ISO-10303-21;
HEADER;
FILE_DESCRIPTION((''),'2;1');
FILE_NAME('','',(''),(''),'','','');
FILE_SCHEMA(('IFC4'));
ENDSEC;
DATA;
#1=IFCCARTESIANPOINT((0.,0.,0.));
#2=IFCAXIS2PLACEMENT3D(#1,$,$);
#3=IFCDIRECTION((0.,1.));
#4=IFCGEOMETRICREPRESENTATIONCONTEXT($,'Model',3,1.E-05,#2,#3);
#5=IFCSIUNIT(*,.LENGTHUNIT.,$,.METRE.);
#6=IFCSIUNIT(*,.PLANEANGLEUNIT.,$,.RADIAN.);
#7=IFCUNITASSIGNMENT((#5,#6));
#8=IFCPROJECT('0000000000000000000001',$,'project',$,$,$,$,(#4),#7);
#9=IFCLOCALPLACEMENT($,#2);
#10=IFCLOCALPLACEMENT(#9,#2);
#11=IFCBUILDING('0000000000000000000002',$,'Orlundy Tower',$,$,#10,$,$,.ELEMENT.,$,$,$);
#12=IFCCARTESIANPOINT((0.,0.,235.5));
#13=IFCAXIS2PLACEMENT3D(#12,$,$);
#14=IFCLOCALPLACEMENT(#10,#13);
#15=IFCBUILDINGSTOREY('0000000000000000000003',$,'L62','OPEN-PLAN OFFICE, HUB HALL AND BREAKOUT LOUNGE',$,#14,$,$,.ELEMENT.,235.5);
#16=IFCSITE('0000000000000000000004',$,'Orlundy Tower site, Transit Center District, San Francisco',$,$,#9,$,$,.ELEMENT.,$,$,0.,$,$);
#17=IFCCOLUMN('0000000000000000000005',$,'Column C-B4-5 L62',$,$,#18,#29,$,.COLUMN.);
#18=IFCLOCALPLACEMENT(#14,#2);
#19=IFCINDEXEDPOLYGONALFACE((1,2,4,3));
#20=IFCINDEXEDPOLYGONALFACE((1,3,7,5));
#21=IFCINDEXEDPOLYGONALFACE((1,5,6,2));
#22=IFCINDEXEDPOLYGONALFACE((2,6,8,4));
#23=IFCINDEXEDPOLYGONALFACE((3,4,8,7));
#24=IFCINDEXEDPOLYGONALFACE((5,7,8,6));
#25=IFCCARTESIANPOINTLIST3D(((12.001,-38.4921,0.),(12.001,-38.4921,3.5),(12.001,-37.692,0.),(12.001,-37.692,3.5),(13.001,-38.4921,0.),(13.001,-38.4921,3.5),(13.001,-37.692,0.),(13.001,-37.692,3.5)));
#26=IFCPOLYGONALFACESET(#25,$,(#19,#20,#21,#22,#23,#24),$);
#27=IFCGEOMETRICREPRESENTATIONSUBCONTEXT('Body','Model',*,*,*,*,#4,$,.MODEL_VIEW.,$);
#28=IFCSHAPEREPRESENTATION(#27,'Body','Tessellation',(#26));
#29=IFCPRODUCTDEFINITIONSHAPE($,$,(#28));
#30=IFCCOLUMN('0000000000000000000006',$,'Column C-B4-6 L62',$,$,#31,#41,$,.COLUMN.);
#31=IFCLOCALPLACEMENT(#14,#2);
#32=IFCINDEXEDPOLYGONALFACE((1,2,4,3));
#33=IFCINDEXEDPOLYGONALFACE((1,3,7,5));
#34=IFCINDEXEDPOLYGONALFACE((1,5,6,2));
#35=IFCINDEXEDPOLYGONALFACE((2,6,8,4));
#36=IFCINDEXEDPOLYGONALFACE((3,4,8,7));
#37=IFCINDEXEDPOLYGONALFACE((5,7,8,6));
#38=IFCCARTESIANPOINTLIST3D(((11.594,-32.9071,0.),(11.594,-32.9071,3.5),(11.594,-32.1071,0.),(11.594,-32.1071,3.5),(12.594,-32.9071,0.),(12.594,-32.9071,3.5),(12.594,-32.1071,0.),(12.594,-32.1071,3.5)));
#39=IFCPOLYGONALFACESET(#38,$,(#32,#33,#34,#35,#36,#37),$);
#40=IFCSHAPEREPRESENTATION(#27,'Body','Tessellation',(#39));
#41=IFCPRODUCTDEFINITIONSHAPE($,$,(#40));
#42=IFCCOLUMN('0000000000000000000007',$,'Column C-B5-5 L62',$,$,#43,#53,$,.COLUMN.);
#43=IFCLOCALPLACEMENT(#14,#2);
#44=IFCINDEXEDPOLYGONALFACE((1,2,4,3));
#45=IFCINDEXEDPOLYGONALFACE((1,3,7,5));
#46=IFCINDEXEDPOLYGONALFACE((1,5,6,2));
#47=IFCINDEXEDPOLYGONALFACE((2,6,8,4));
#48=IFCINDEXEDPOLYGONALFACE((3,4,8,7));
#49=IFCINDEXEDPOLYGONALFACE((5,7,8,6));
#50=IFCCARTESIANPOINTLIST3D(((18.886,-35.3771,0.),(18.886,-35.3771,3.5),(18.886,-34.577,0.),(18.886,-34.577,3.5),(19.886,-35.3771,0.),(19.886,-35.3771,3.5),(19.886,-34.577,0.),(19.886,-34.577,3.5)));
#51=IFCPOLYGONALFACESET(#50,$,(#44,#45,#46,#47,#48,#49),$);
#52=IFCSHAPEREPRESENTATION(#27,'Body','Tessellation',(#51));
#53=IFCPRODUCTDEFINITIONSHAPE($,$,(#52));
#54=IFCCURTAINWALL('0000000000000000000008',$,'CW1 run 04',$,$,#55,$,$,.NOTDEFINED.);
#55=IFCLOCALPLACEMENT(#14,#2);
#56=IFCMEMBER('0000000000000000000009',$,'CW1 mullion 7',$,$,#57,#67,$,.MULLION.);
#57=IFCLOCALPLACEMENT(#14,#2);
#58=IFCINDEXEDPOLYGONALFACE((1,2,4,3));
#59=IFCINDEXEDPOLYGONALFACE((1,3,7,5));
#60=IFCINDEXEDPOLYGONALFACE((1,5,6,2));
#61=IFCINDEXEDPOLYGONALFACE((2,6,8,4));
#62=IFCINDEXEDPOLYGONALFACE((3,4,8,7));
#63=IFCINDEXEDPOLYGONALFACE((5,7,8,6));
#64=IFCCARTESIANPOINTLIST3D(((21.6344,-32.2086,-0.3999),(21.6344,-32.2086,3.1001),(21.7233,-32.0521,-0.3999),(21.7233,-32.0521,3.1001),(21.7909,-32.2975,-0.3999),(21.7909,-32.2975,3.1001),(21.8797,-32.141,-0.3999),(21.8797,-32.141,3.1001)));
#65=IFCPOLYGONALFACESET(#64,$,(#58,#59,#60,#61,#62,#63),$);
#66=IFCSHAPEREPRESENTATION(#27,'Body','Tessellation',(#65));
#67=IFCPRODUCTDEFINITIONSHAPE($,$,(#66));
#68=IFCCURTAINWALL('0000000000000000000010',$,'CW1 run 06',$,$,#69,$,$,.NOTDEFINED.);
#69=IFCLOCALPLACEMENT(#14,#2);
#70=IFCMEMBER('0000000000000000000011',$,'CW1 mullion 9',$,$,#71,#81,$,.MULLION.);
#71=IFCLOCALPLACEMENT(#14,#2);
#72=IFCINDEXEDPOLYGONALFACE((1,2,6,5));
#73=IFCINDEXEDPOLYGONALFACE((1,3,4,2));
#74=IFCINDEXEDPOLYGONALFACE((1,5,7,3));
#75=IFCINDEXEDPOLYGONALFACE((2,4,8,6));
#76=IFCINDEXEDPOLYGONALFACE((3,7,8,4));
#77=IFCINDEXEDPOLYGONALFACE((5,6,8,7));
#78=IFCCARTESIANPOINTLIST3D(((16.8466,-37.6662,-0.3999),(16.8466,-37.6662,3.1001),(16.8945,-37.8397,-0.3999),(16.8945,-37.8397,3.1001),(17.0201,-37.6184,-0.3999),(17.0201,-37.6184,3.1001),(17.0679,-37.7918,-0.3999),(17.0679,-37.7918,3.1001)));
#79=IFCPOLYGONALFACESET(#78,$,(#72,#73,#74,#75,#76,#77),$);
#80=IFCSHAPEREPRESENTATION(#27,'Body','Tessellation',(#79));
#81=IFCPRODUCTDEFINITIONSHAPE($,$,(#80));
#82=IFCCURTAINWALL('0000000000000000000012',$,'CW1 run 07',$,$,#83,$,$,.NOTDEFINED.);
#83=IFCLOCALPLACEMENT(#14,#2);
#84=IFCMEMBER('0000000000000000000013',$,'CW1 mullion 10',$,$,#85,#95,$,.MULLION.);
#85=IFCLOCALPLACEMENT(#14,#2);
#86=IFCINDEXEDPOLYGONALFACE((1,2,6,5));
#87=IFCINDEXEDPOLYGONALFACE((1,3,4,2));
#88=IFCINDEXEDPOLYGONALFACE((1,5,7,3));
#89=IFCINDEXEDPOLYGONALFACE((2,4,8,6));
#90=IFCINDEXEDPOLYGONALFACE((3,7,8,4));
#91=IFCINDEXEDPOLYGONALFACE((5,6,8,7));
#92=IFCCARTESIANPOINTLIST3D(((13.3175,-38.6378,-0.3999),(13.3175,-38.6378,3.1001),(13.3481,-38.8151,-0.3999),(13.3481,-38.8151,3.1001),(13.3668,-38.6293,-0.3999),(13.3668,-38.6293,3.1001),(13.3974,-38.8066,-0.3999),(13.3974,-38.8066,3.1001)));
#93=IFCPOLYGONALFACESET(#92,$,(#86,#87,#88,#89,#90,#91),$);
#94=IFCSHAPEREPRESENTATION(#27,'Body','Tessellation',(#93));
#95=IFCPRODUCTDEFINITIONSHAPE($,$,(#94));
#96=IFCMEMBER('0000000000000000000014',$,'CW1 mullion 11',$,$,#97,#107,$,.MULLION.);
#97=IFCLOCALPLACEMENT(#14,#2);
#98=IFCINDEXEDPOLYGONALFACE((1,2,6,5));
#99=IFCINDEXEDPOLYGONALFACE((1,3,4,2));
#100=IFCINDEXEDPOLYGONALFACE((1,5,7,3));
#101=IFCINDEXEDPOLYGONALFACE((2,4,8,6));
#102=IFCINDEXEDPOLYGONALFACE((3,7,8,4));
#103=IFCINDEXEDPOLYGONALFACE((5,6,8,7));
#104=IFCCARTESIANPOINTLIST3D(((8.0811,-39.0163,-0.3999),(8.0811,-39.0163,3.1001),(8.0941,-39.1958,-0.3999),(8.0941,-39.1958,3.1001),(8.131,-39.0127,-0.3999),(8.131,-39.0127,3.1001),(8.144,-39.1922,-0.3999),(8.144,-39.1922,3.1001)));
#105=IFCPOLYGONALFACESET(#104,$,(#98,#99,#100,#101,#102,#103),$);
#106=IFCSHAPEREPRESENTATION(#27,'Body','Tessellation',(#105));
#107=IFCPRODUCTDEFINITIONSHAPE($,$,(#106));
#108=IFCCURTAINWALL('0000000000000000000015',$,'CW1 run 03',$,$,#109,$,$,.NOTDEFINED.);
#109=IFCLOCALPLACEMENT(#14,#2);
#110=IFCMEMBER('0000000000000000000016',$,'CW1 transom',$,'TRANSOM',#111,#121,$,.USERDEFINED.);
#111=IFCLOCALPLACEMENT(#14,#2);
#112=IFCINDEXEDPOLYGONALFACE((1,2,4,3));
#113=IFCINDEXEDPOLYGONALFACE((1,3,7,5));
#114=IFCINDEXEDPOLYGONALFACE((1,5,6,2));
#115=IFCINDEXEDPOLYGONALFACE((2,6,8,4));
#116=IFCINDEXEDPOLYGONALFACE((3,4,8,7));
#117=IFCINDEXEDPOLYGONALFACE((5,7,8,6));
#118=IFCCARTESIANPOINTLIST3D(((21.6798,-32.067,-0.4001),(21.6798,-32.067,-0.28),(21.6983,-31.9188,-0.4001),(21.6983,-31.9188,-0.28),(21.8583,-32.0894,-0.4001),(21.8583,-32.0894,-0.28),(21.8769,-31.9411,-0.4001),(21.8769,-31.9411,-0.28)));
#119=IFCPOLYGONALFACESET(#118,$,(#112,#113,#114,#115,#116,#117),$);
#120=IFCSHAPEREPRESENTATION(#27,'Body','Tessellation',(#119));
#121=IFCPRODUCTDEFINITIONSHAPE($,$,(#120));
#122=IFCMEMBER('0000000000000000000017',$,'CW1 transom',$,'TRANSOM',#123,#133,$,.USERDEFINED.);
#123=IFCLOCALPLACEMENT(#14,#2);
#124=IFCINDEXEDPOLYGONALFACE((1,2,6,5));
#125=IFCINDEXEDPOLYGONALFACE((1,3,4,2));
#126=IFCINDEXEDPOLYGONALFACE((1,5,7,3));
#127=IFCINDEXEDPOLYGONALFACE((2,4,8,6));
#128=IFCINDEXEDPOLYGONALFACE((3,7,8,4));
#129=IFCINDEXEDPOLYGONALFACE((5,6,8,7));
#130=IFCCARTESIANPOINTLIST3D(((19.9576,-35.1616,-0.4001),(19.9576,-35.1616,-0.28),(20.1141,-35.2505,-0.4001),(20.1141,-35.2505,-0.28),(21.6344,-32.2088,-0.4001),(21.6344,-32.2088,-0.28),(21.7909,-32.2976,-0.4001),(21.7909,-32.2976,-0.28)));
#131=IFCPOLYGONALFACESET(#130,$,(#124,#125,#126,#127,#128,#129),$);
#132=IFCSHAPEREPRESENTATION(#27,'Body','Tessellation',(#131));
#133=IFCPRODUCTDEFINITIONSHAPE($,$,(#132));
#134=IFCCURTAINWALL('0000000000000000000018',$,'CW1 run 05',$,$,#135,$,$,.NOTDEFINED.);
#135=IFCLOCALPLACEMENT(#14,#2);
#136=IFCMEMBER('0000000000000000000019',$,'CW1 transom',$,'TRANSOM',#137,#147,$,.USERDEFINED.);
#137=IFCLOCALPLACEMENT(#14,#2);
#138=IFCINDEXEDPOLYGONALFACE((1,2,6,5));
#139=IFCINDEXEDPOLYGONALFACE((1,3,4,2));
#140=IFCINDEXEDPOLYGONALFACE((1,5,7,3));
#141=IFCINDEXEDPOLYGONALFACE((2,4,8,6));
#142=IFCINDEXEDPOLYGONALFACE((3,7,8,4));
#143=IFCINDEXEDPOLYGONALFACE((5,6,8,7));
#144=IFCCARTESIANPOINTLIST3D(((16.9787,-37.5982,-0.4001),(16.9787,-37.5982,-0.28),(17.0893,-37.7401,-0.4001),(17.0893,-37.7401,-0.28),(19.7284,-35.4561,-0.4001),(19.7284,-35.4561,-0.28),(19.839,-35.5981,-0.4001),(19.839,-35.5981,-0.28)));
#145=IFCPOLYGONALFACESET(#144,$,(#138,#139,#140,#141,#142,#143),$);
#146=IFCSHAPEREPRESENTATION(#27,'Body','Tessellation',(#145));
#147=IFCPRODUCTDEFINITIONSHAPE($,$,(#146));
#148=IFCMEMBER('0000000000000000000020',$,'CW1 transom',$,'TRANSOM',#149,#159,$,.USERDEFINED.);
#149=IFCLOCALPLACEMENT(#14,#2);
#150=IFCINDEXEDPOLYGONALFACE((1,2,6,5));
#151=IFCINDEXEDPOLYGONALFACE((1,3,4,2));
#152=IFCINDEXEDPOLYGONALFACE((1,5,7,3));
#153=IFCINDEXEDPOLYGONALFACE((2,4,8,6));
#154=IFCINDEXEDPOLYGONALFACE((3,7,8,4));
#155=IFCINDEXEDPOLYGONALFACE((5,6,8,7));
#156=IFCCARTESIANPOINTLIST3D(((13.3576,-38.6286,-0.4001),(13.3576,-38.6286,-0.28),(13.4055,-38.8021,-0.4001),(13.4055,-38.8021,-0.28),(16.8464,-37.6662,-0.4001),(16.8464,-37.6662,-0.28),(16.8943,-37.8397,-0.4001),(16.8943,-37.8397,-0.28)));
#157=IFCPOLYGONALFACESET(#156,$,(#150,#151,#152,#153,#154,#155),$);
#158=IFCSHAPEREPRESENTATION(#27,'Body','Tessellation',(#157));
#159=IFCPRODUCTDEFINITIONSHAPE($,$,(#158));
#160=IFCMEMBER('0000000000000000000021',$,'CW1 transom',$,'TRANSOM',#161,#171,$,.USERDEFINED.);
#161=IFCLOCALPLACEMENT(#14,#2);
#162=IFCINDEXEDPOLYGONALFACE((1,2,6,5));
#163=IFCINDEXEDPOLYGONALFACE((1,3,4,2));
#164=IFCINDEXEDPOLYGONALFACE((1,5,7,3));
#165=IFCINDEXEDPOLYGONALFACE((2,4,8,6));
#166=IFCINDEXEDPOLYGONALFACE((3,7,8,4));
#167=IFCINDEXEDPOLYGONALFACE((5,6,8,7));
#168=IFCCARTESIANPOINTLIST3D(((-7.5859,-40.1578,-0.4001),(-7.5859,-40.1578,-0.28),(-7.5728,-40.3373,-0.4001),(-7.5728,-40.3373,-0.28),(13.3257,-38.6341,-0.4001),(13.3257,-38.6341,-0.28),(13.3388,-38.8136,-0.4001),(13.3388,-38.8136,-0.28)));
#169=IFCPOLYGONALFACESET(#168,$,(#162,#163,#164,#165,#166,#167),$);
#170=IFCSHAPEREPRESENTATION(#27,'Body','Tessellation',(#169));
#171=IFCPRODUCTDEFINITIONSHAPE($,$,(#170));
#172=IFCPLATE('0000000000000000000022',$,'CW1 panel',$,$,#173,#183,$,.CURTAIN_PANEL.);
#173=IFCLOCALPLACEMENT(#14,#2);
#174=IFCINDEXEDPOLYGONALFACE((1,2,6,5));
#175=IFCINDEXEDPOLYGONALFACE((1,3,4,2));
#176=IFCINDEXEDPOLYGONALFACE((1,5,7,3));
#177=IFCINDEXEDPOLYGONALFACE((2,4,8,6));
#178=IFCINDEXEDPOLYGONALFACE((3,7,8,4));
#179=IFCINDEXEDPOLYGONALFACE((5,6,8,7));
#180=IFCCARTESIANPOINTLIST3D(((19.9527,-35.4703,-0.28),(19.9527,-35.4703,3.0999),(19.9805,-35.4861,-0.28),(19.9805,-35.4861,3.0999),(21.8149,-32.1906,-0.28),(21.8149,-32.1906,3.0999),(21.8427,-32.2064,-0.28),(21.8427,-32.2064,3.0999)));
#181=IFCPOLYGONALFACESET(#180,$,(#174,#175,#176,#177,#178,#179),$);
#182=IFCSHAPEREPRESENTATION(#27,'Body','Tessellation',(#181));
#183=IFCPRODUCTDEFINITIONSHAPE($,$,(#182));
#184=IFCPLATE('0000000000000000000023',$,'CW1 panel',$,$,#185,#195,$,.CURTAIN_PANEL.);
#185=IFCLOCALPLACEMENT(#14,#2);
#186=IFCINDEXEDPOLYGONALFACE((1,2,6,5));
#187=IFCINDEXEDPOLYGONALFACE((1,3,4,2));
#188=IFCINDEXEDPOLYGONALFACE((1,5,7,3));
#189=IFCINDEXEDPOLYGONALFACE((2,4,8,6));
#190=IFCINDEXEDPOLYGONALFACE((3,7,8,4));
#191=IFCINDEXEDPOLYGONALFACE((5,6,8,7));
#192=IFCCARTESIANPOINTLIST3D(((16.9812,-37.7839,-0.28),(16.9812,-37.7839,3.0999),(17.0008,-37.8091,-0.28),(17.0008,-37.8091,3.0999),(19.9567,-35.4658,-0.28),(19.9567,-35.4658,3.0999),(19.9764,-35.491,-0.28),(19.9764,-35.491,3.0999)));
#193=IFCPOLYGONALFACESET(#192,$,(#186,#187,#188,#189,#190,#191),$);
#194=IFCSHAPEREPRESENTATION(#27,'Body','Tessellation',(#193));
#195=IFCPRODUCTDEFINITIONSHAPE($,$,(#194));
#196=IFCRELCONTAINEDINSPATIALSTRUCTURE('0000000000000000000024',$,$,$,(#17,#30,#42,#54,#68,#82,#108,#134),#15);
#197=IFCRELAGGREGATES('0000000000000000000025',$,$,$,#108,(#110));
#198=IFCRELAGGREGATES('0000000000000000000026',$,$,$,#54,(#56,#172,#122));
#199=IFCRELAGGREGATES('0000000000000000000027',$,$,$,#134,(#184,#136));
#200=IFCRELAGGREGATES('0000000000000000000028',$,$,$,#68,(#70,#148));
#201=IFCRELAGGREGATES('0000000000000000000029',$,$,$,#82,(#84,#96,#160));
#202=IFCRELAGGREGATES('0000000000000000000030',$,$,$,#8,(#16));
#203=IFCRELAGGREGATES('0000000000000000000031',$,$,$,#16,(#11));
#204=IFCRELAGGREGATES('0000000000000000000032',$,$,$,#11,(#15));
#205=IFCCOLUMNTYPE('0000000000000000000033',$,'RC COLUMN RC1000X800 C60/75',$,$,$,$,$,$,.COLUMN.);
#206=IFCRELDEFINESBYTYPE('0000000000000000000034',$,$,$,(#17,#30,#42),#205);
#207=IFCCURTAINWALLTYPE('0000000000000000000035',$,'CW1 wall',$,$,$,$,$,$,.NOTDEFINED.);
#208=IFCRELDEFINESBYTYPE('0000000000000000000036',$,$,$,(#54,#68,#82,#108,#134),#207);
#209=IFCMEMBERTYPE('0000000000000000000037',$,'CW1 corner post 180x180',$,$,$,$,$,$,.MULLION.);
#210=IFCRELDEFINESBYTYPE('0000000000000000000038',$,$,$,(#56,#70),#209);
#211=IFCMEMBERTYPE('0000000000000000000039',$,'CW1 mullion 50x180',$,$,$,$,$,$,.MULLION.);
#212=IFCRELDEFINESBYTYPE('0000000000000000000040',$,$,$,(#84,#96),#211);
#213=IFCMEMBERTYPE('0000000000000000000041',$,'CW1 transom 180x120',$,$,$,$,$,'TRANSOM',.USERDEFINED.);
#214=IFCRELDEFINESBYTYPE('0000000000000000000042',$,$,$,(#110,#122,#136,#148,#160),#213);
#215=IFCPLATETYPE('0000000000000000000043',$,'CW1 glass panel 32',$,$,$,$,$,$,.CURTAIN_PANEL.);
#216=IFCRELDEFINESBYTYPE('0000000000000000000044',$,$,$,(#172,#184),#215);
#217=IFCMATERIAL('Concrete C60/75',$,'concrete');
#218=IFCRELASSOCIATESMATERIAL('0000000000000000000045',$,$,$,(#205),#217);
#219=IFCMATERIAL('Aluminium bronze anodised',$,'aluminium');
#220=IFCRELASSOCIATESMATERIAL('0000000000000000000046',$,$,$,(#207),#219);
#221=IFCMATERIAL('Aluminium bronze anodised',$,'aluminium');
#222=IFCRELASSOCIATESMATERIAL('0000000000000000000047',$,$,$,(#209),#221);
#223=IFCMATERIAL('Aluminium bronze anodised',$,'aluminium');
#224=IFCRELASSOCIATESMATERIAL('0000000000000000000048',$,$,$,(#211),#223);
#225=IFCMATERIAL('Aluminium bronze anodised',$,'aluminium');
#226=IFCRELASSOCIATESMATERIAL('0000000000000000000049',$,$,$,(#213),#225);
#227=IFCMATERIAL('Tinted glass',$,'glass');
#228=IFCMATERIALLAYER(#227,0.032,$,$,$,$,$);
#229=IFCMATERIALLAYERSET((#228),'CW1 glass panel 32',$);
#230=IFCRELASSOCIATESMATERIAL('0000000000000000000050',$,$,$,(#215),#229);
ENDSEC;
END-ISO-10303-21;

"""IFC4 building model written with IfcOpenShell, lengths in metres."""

from ifc_helpers import new_model, si_unit, direction, frame, origin, origin_2d, place, context, subcontext, project, spatial, rectangle, extrude, material, layer, layer_set, material_profile, profile_set, type_object, element, aggregate, save


model = new_model("IFC4")

# Units and contexts
model_context = context("Model", 3, precision=1e-05, world=origin(), true_north=direction((0.0, 1.0)))
body_context = subcontext(model_context, "Body", "Model", "MODEL_VIEW")
ifc_project = project(units=[si_unit("LENGTHUNIT", "METRE"), si_unit("PLANEANGLEUNIT", "RADIAN")], contexts=[model_context])

# Site, building, storey
site_placement = place(None, origin())
site = spatial("IfcSite", under=ifc_project, at=site_placement, Name="Orlundy Tower site, Transit Center District, San Francisco", CompositionType="ELEMENT", RefElevation=0.0)
building_placement = place(site_placement, origin())
building = spatial("IfcBuilding", under=site, at=building_placement, Name="Orlundy Tower", CompositionType="ELEMENT")
storey_placement = place(building_placement, frame((0.0, 0.0, 235.5)))
storey = spatial("IfcBuildingStorey", under=building, at=storey_placement, Name="L62", Description="OPEN-PLAN OFFICE, HUB HALL AND BREAKOUT LOUNGE", CompositionType="ELEMENT", Elevation=235.5)

# Columns
ifc_material_1 = material(Name="Concrete C60/75", Category="concrete")
ifc_material_profile_1 = material_profile(ifc_material_1, rectangle(XDim=1.0, YDim=0.8, at=origin_2d()), Name="RC1000X800")
ifc_profile_set_1 = profile_set([ifc_material_profile_1], Name="Concrete C60/75")
column_type = type_object("IfcColumnType", Name="RC COLUMN RC1000X800 C60/75", PredefinedType="COLUMN", material=ifc_profile_set_1)
for number, where, z_axis, x_axis, name in (
    (1, (12.501, -38.092, 0.0), (0.0, 0.0, 1.0), (1.0, 0.0, 0.0), "Column C-B4-5 L62"),
    (2, (12.094, -32.5071, 0.0), (0.0, 0.0, 1.0), (1.0, 0.0, 0.0), "Column C-B4-6 L62"),
    (3, (19.386, -34.9771, 0.0), (0.0, 0.0, 1.0), (1.0, 0.0, 0.0), "Column C-B5-5 L62"),
):
    element("IfcColumn", number, at=place(storey_placement, frame(where, z_axis=z_axis, x_axis=x_axis)), inside=storey, type_object=column_type, Name=name, PredefinedType="COLUMN", context=body_context, shape_type="SweptSolid", body=[
        extrude(rectangle(XDim=1.0, YDim=0.8, at=origin_2d()), origin(), (0.0, 0.0, 1.0), 3.5),
    ])

# Curtain walls, members
ifc_material_2 = material(Name="Aluminium bronze anodised", Category="aluminium")
curtain_wall_type = type_object("IfcCurtainWallType", Name="CW1 wall", PredefinedType="NOTDEFINED", material=ifc_material_2)
curtain_wall_1_placement = place(storey_placement, origin())
curtain_wall_1 = element("IfcCurtainWall", 4, at=curtain_wall_1_placement, inside=storey, type_object=curtain_wall_type, Name="CW1 run 04", PredefinedType="NOTDEFINED")
ifc_material_3 = material(Name="Aluminium bronze anodised", Category="aluminium")
ifc_material_profile_2 = material_profile(ifc_material_3, rectangle(XDim=0.1799, YDim=0.1799, at=origin_2d()), Name="CW1 corner post 180x180")
ifc_profile_set_2 = profile_set([ifc_material_profile_2], Name="Aluminium bronze anodised")
member_type_1 = type_object("IfcMemberType", Name="CW1 corner post 180x180", PredefinedType="MULLION", material=ifc_profile_set_2)
member_1_placement = place(storey_placement, frame((21.7571, -32.1748, -0.3999), z_axis=(0.0, 0.0, 1.0), x_axis=(0.869601, -0.493754, 0.0)))
member_1 = element("IfcMember", 5, at=member_1_placement, type_object=member_type_1, Name="CW1 mullion 7", PredefinedType="MULLION", context=body_context, shape_type="SweptSolid", body=[
    extrude(rectangle(XDim=0.1799, YDim=0.1799, at=origin_2d()), origin(), (0.0, 0.0, 1.0), 3.5),
])
curtain_wall_2_placement = place(storey_placement, origin())
curtain_wall_2 = element("IfcCurtainWall", 6, at=curtain_wall_2_placement, inside=storey, type_object=curtain_wall_type, Name="CW1 run 06", PredefinedType="NOTDEFINED")
member_2_placement = place(storey_placement, frame((16.9573, -37.729, -0.3999), z_axis=(0.0, 0.0, 1.0), x_axis=(0.265946, -0.963988, 0.0)))
member_2 = element("IfcMember", 7, at=member_2_placement, type_object=member_type_1, Name="CW1 mullion 9", PredefinedType="MULLION", context=body_context, shape_type="SweptSolid", body=[
    extrude(rectangle(XDim=0.1799, YDim=0.1799, at=origin_2d()), origin(), (0.0, 0.0, 1.0), 3.5),
])

# Curtain wall, members
curtain_wall_3_placement = place(storey_placement, origin())
curtain_wall_3 = element("IfcCurtainWall", 8, at=curtain_wall_3_placement, inside=storey, type_object=curtain_wall_type, Name="CW1 run 07", PredefinedType="NOTDEFINED")
ifc_material_4 = material(Name="Aluminium bronze anodised", Category="aluminium")
ifc_material_profile_3 = material_profile(ifc_material_4, rectangle(XDim=0.1799, YDim=0.05, at=origin_2d()), Name="CW1 mullion 50x180")
ifc_profile_set_3 = profile_set([ifc_material_profile_3], Name="Aluminium bronze anodised")
member_type_2 = type_object("IfcMemberType", Name="CW1 mullion 50x180", PredefinedType="MULLION", material=ifc_profile_set_3)
member_3_placement = place(storey_placement, frame((13.3574, -38.7222, -0.3999), z_axis=(0.0, 0.0, 1.0), x_axis=(0.170127, -0.985422, 0.0)))
member_3 = element("IfcMember", 9, at=member_3_placement, type_object=member_type_2, Name="CW1 mullion 10", PredefinedType="MULLION", context=body_context, shape_type="SweptSolid", body=[
    extrude(rectangle(XDim=0.1799, YDim=0.05, at=origin_2d()), origin(), (0.0, 0.0, 1.0), 3.5),
])
member_4_placement = place(storey_placement, frame((8.1125, -39.1042, -0.3999), z_axis=(0.0, 0.0, 1.0), x_axis=(0.072668, -0.997356, 0.0)))
member_4 = element("IfcMember", 10, at=member_4_placement, type_object=member_type_2, Name="CW1 mullion 11", PredefinedType="MULLION", context=body_context, shape_type="SweptSolid", body=[
    extrude(rectangle(XDim=0.1799, YDim=0.05, at=origin_2d()), origin(), (0.0, 0.0, 1.0), 3.5),
])

# Curtain wall, member
curtain_wall_4_placement = place(storey_placement, origin())
curtain_wall_4 = element("IfcCurtainWall", 11, at=curtain_wall_4_placement, inside=storey, type_object=curtain_wall_type, Name="CW1 run 03", PredefinedType="NOTDEFINED")
ifc_material_5 = material(Name="Aluminium bronze anodised", Category="aluminium")
ifc_material_profile_4 = material_profile(ifc_material_5, rectangle(XDim=0.1799, YDim=0.1201, at=origin_2d()), Name="CW1 transom 180x120")
ifc_profile_set_4 = profile_set([ifc_material_profile_4], Name="Aluminium bronze anodised")
member_type_3 = type_object("IfcMemberType", Name="CW1 transom 180x120", ElementType="TRANSOM", PredefinedType="USERDEFINED", material=ifc_profile_set_4)
member_5_placement = place(storey_placement, frame((21.7876, -31.9299, -0.3401), z_axis=(-0.124236, -0.992253, 0.0), x_axis=(0.992253, -0.124236, 0.0)))
member_5 = element("IfcMember", 12, at=member_5_placement, type_object=member_type_3, Name="CW1 transom", ObjectType="TRANSOM", PredefinedType="USERDEFINED", context=body_context, shape_type="SweptSolid", body=[
    extrude(rectangle(XDim=0.1799, YDim=0.1201, at=origin_2d()), origin(), (0.0, 0.0, 1.0), 0.1494),
])
aggregate(curtain_wall_4, [member_5])

# Member
member_6_placement = place(storey_placement, frame((21.7126, -32.2532, -0.3401), z_axis=(-0.493783, -0.869585, 0.0), x_axis=(0.869585, -0.493783, 0.0)))
member_6 = element("IfcMember", 13, at=member_6_placement, type_object=member_type_3, Name="CW1 transom", ObjectType="TRANSOM", PredefinedType="USERDEFINED", context=body_context, shape_type="SweptSolid", body=[
    extrude(rectangle(XDim=0.1799, YDim=0.1201, at=origin_2d()), origin(), (0.0, 0.0, 1.0), 3.3958),
])

# Curtain wall, member
curtain_wall_5_placement = place(storey_placement, origin())
curtain_wall_5 = element("IfcCurtainWall", 14, at=curtain_wall_5_placement, inside=storey, type_object=curtain_wall_type, Name="CW1 run 05", PredefinedType="NOTDEFINED")
member_7_placement = place(storey_placement, frame((19.7837, -35.5271, -0.3401), z_axis=(-0.788881, -0.614547, 0.0), x_axis=(0.614547, -0.788881, 0.0)))
member_7 = element("IfcMember", 15, at=member_7_placement, type_object=member_type_3, Name="CW1 transom", ObjectType="TRANSOM", PredefinedType="USERDEFINED", context=body_context, shape_type="SweptSolid", body=[
    extrude(rectangle(XDim=0.1799, YDim=0.1201, at=origin_2d()), origin(), (0.0, 0.0, 1.0), 3.4856),
])

# Members
member_8_placement = place(storey_placement, frame((16.8704, -37.7529, -0.3401), z_axis=(-0.963994, -0.265925, 0.0), x_axis=(0.265925, -0.963994, 0.0)))
member_8 = element("IfcMember", 16, at=member_8_placement, type_object=member_type_3, Name="CW1 transom", ObjectType="TRANSOM", PredefinedType="USERDEFINED", context=body_context, shape_type="SweptSolid", body=[
    extrude(rectangle(XDim=0.1799, YDim=0.1201, at=origin_2d()), origin(), (0.0, 0.0, 1.0), 3.6191),
])
member_9_placement = place(storey_placement, frame((13.3323, -38.7239, -0.3401), z_axis=(-0.997356, -0.07267, 0.0), x_axis=(0.07267, -0.997356, 0.0)))
member_9 = element("IfcMember", 17, at=member_9_placement, type_object=member_type_3, Name="CW1 transom", ObjectType="TRANSOM", PredefinedType="USERDEFINED", context=body_context, shape_type="SweptSolid", body=[
    extrude(rectangle(XDim=0.1799, YDim=0.1201, at=origin_2d()), origin(), (0.0, 0.0, 1.0), 20.967),
])

# Plates
ifc_material_6 = material(Name="Tinted glass", Category="glass")
ifc_layer_1 = layer(ifc_material_6, 0.032)
ifc_layer_set_1 = layer_set([ifc_layer_1], Name="CW1 glass panel 32")
plate_type = type_object("IfcPlateType", Name="CW1 glass panel 32", PredefinedType="CURTAIN_PANEL", material=ifc_layer_set_1)
plate_1_placement = place(storey_placement, frame((20.8977, -33.8384, -0.28), z_axis=(0.0, 0.0, 1.0), x_axis=(-0.493754, -0.869601, 0.0)))
plate_1 = element("IfcPlate", 18, at=plate_1_placement, type_object=plate_type, Name="CW1 panel", PredefinedType="CURTAIN_PANEL", context=body_context, shape_type="SweptSolid", body=[
    extrude(rectangle(XDim=3.7715, YDim=0.032, at=origin_2d()), origin(), (0.0, 0.0, 1.0), 3.3799),
])
aggregate(curtain_wall_1, [member_1, plate_1, member_6])
plate_2_placement = place(storey_placement, frame((18.4788, -36.6375, -0.28), z_axis=(0.0, 0.0, 1.0), x_axis=(-0.788858, -0.614575, 0.0)))
plate_2 = element("IfcPlate", 19, at=plate_2_placement, type_object=plate_type, Name="CW1 panel", PredefinedType="CURTAIN_PANEL", context=body_context, shape_type="SweptSolid", body=[
    extrude(rectangle(XDim=3.772, YDim=0.032, at=origin_2d()), origin(), (0.0, 0.0, 1.0), 3.3799),
])
aggregate(curtain_wall_5, [plate_2, member_7])
aggregate(curtain_wall_2, [member_2, member_8])
aggregate(curtain_wall_3, [member_3, member_4, member_9])

save(model, "model.ifc")
